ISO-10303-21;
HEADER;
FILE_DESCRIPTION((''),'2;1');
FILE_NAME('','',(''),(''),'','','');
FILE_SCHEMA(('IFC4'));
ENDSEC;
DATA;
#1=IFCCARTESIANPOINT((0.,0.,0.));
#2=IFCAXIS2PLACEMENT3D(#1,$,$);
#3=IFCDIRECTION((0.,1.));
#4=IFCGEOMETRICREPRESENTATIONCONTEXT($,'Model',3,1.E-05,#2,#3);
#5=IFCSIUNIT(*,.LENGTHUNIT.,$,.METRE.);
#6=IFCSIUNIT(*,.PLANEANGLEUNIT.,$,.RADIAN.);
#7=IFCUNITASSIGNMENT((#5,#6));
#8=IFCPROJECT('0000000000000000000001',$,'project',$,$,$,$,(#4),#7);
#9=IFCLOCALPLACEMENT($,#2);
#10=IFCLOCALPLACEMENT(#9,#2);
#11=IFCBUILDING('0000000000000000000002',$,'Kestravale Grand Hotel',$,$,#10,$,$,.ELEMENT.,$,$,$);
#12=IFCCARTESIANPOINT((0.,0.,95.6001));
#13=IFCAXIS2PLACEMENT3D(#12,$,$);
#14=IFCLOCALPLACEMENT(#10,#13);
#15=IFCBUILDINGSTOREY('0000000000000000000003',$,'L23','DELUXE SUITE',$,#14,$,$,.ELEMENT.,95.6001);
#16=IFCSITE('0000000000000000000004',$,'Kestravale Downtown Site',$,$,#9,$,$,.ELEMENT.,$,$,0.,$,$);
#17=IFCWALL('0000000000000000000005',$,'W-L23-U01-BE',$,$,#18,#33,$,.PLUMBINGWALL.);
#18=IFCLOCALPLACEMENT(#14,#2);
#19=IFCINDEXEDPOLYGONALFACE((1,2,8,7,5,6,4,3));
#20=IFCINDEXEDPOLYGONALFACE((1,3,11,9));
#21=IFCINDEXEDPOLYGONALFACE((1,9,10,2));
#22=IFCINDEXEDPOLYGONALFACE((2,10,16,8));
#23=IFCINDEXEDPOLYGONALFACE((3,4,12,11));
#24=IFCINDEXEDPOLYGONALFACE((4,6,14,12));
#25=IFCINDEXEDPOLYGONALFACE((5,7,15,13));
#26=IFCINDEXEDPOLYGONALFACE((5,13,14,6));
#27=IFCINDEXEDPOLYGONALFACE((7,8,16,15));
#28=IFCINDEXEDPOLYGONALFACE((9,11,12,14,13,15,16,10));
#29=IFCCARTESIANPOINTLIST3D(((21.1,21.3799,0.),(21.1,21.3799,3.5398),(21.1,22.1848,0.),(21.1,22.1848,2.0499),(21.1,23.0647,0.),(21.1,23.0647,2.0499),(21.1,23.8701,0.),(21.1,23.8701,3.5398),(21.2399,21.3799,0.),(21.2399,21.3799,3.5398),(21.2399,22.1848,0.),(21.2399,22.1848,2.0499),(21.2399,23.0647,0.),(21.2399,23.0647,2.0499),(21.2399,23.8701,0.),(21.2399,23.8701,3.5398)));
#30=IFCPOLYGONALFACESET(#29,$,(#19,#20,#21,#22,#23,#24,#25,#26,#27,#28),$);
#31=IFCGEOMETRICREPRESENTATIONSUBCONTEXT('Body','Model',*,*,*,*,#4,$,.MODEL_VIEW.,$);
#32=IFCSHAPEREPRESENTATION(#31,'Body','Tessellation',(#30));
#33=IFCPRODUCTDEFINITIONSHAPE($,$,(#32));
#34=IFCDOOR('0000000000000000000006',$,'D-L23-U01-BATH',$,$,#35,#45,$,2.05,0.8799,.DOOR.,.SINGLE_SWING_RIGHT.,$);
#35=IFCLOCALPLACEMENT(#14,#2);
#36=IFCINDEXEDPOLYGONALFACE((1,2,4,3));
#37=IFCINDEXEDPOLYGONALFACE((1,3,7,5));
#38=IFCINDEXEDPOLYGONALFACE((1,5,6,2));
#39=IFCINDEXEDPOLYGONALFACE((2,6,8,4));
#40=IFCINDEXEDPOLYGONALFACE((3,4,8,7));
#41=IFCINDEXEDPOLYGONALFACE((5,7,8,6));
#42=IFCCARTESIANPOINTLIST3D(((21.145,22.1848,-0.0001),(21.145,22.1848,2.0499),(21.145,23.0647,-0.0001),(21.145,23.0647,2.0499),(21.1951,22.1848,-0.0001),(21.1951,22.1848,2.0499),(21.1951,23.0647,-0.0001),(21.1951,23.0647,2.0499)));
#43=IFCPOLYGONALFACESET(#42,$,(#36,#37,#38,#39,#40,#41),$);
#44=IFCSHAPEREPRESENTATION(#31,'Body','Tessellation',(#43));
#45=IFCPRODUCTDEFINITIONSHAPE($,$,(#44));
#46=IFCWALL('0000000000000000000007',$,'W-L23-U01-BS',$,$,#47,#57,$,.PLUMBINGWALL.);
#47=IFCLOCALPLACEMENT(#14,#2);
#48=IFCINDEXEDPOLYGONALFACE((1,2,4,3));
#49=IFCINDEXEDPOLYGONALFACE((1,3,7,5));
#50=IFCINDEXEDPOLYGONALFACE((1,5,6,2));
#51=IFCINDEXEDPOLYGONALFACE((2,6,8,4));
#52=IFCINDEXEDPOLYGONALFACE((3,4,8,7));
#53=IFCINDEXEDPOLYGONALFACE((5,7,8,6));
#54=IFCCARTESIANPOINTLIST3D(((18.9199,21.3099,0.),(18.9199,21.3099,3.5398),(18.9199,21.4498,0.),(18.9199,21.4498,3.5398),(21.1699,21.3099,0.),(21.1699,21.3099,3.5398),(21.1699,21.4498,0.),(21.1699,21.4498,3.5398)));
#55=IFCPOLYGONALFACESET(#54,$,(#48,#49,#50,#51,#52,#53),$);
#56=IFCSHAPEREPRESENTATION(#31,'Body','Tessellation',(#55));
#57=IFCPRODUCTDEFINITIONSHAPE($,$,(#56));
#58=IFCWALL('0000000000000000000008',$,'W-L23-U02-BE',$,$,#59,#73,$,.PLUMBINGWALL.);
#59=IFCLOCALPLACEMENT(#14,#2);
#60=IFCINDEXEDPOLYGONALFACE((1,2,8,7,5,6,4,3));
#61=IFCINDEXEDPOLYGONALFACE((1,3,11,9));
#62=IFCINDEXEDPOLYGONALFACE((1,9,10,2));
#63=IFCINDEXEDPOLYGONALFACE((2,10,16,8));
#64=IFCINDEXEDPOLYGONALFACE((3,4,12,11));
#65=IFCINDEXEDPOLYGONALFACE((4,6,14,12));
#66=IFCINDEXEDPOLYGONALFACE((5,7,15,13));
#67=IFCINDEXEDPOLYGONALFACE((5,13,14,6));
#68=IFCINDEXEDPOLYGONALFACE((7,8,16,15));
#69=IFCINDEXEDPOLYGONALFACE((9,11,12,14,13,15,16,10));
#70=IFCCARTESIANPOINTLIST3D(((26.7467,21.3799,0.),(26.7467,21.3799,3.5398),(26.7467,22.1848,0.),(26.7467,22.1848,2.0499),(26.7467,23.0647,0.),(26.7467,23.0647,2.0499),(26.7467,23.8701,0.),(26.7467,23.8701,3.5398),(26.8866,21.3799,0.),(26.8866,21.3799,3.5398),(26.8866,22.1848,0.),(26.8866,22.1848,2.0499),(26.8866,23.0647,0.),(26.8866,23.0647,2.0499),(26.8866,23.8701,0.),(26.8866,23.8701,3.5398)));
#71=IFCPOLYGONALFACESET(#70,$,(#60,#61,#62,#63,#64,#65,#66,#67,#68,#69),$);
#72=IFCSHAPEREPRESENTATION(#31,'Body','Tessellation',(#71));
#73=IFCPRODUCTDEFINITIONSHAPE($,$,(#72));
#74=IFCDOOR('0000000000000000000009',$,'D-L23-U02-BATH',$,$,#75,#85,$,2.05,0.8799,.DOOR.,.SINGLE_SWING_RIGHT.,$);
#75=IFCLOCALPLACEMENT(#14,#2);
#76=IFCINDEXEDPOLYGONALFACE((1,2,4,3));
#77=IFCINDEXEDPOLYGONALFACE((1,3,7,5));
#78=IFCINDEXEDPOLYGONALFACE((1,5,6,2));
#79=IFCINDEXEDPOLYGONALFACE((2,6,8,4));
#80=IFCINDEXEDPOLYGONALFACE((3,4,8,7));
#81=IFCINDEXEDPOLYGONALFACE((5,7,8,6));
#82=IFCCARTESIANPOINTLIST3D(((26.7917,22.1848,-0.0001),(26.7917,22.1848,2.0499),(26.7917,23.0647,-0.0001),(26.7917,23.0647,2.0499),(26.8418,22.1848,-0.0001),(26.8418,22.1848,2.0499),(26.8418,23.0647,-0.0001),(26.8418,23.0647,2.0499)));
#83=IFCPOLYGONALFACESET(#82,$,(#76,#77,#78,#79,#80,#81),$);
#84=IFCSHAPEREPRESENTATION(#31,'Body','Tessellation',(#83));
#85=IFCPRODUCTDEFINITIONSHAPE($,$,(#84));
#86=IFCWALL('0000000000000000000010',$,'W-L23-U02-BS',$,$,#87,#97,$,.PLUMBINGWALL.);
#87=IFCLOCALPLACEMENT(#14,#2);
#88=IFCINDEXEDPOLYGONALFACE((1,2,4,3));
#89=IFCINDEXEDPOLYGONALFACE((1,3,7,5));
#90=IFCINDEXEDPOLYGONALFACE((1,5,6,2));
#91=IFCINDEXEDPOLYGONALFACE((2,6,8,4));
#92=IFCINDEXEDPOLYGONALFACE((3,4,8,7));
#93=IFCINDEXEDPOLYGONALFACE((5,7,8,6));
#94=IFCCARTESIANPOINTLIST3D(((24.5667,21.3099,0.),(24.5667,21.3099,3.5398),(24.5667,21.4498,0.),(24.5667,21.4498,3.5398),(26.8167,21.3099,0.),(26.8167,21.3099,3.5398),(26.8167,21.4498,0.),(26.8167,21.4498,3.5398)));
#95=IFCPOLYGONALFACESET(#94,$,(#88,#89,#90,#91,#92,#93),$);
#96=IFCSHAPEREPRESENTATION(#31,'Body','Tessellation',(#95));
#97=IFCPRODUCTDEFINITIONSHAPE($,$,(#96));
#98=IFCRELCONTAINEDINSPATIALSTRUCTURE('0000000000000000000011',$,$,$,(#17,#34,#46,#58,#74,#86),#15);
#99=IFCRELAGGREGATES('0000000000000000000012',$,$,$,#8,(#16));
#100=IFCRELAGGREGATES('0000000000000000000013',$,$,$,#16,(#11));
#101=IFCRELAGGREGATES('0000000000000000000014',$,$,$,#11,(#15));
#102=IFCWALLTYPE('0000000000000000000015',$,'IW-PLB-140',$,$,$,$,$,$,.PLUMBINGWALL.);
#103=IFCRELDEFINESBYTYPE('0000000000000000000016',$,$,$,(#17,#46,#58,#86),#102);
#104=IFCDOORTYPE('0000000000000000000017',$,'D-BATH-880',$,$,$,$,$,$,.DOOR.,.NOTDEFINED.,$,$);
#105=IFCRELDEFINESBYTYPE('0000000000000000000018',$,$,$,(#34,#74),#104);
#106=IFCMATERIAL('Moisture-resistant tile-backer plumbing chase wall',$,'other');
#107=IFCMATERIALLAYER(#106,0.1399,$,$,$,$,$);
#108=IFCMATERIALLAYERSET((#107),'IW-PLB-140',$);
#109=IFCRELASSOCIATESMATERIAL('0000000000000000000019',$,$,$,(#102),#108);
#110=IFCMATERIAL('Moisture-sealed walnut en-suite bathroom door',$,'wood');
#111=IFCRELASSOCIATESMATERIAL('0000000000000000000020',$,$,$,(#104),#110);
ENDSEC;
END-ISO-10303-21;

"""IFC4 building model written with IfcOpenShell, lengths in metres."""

from ifc_helpers import new_model, si_unit, direction, frame, frame_2d, origin, place, context, subcontext, project, spatial, rectangle, extrude, material, layer, layer_set, type_object, element, fill, save


model = new_model("IFC4")

# Units and contexts
model_context = context("Model", 3, precision=1e-05, world=origin(), true_north=direction((0.0, 1.0)))
body_context = subcontext(model_context, "Body", "Model", "MODEL_VIEW")
ifc_project = project(units=[si_unit("LENGTHUNIT", "METRE"), si_unit("PLANEANGLEUNIT", "RADIAN")], contexts=[model_context])

# Site, building, storey
site_placement = place(None, origin())
site = spatial("IfcSite", under=ifc_project, at=site_placement, Name="Kestravale Downtown Site", CompositionType="ELEMENT", RefElevation=0.0)
building_placement = place(site_placement, origin())
building = spatial("IfcBuilding", under=site, at=building_placement, Name="Kestravale Grand Hotel", CompositionType="ELEMENT")
storey_placement = place(building_placement, frame((0.0, 0.0, 95.6001)))
storey = spatial("IfcBuildingStorey", under=building, at=storey_placement, Name="L23", Description="DELUXE SUITE", CompositionType="ELEMENT", Elevation=95.6001)

# Wall, opening, door
ifc_material_1 = material(Name="Moisture-resistant tile-backer plumbing chase wall", Category="other")
ifc_layer_1 = layer(ifc_material_1, 0.1399)
ifc_layer_set_1 = layer_set([ifc_layer_1], Name="IW-PLB-140")
wall_type_1 = type_object("IfcWallType", Name="IW-PLB-140", PredefinedType="PLUMBINGWALL", material=ifc_layer_set_1)
wall_1_placement = place(storey_placement, frame((21.1699, 21.3799, 0.0), z_axis=(0.0, 0.0, 1.0), x_axis=(0.0, 1.0, 0.0)))
wall_1 = element("IfcWall", 1, at=wall_1_placement, inside=storey, type_object=wall_type_1, Name="W-L23-U01-BE", PredefinedType="PLUMBINGWALL", context=body_context, shape_type="SweptSolid", body=[
    extrude(rectangle(XDim=2.4902, YDim=0.1399, at=frame_2d((1.2451, 0.0))), origin(), (0.0, 0.0, 1.0), 3.5398),
])
opening_1_placement = place(wall_1_placement, frame((0.8049, 0.0, 0.0)))
opening_1 = element("IfcOpeningElement", 2, at=opening_1_placement, cuts=wall_1, PredefinedType="OPENING", context=body_context, shape_type="SweptSolid", body=[
    extrude(rectangle(XDim=0.8799, YDim=2.05, at=frame_2d((0.4399, 1.0249))), frame((0.0, 0.0798, 0.0), z_axis=(0.0, -1.0, 0.0), x_axis=(1.0, 0.0, 0.0)), (0.0, 0.0, 1.0), 0.1599),
])
ifc_material_2 = material(Name="Moisture-sealed walnut en-suite bathroom door", Category="wood")
door_type = type_object("IfcDoorType", Name="D-BATH-880", OperationType="NOTDEFINED", PredefinedType="DOOR", material=ifc_material_2)
door_1_placement = place(opening_1_placement, origin())
door_1 = element("IfcDoor", 3, at=door_1_placement, inside=storey, type_object=door_type, Name="D-L23-U01-BATH", OperationType="SINGLE_SWING_RIGHT", OverallHeight=2.05, OverallWidth=0.8799, PredefinedType="DOOR", context=body_context, shape_type="SweptSolid", body=[
    extrude(rectangle(XDim=0.8799, YDim=2.05, at=frame_2d((0.4399, 1.0249))), frame((0.0, 0.0249, 0.0), z_axis=(0.0, -1.0, 0.0), x_axis=(1.0, 0.0, 0.0)), (0.0, 0.0, 1.0), 0.05),
])
fill(opening_1, door_1)

# Wall
wall_2_placement = place(storey_placement, frame((18.9199, 21.3799, 0.0), z_axis=(0.0, 0.0, 1.0), x_axis=(1.0, 0.0, 0.0)))
element("IfcWall", 4, at=wall_2_placement, inside=storey, type_object=wall_type_1, Name="W-L23-U01-BS", PredefinedType="PLUMBINGWALL", context=body_context, shape_type="SweptSolid", body=[
    extrude(rectangle(XDim=2.25, YDim=0.1399, at=frame_2d((1.125, 0.0))), origin(), (0.0, 0.0, 1.0), 3.5398),
])

# Wall, opening, door
wall_3_placement = place(storey_placement, frame((26.8167, 21.3799, 0.0), z_axis=(0.0, 0.0, 1.0), x_axis=(0.0, 1.0, 0.0)))
wall_3 = element("IfcWall", 5, at=wall_3_placement, inside=storey, type_object=wall_type_1, Name="W-L23-U02-BE", PredefinedType="PLUMBINGWALL", context=body_context, shape_type="SweptSolid", body=[
    extrude(rectangle(XDim=2.4902, YDim=0.1399, at=frame_2d((1.2451, 0.0))), origin(), (0.0, 0.0, 1.0), 3.5398),
])
opening_2_placement = place(wall_3_placement, frame((0.8049, 0.0, 0.0)))
opening_2 = element("IfcOpeningElement", 6, at=opening_2_placement, cuts=wall_3, PredefinedType="OPENING", context=body_context, shape_type="SweptSolid", body=[
    extrude(rectangle(XDim=0.8799, YDim=2.05, at=frame_2d((0.4399, 1.0249))), frame((0.0, 0.0798, 0.0), z_axis=(0.0, -1.0, 0.0), x_axis=(1.0, 0.0, 0.0)), (0.0, 0.0, 1.0), 0.1599),
])
door_2_placement = place(opening_2_placement, origin())
door_2 = element("IfcDoor", 7, at=door_2_placement, inside=storey, type_object=door_type, Name="D-L23-U02-BATH", OperationType="SINGLE_SWING_RIGHT", OverallHeight=2.05, OverallWidth=0.8799, PredefinedType="DOOR", context=body_context, shape_type="SweptSolid", body=[
    extrude(rectangle(XDim=0.8799, YDim=2.05, at=frame_2d((0.4399, 1.0249))), frame((0.0, 0.0249, 0.0), z_axis=(0.0, -1.0, 0.0), x_axis=(1.0, 0.0, 0.0)), (0.0, 0.0, 1.0), 0.05),
])
fill(opening_2, door_2)

# Wall
wall_4_placement = place(storey_placement, frame((24.5667, 21.3799, 0.0), z_axis=(0.0, 0.0, 1.0), x_axis=(1.0, 0.0, 0.0)))
element("IfcWall", 8, at=wall_4_placement, inside=storey, type_object=wall_type_1, Name="W-L23-U02-BS", PredefinedType="PLUMBINGWALL", context=body_context, shape_type="SweptSolid", body=[
    extrude(rectangle(XDim=2.25, YDim=0.1399, at=frame_2d((1.125, 0.0))), origin(), (0.0, 0.0, 1.0), 3.5398),
])

save(model, "model.ifc")
